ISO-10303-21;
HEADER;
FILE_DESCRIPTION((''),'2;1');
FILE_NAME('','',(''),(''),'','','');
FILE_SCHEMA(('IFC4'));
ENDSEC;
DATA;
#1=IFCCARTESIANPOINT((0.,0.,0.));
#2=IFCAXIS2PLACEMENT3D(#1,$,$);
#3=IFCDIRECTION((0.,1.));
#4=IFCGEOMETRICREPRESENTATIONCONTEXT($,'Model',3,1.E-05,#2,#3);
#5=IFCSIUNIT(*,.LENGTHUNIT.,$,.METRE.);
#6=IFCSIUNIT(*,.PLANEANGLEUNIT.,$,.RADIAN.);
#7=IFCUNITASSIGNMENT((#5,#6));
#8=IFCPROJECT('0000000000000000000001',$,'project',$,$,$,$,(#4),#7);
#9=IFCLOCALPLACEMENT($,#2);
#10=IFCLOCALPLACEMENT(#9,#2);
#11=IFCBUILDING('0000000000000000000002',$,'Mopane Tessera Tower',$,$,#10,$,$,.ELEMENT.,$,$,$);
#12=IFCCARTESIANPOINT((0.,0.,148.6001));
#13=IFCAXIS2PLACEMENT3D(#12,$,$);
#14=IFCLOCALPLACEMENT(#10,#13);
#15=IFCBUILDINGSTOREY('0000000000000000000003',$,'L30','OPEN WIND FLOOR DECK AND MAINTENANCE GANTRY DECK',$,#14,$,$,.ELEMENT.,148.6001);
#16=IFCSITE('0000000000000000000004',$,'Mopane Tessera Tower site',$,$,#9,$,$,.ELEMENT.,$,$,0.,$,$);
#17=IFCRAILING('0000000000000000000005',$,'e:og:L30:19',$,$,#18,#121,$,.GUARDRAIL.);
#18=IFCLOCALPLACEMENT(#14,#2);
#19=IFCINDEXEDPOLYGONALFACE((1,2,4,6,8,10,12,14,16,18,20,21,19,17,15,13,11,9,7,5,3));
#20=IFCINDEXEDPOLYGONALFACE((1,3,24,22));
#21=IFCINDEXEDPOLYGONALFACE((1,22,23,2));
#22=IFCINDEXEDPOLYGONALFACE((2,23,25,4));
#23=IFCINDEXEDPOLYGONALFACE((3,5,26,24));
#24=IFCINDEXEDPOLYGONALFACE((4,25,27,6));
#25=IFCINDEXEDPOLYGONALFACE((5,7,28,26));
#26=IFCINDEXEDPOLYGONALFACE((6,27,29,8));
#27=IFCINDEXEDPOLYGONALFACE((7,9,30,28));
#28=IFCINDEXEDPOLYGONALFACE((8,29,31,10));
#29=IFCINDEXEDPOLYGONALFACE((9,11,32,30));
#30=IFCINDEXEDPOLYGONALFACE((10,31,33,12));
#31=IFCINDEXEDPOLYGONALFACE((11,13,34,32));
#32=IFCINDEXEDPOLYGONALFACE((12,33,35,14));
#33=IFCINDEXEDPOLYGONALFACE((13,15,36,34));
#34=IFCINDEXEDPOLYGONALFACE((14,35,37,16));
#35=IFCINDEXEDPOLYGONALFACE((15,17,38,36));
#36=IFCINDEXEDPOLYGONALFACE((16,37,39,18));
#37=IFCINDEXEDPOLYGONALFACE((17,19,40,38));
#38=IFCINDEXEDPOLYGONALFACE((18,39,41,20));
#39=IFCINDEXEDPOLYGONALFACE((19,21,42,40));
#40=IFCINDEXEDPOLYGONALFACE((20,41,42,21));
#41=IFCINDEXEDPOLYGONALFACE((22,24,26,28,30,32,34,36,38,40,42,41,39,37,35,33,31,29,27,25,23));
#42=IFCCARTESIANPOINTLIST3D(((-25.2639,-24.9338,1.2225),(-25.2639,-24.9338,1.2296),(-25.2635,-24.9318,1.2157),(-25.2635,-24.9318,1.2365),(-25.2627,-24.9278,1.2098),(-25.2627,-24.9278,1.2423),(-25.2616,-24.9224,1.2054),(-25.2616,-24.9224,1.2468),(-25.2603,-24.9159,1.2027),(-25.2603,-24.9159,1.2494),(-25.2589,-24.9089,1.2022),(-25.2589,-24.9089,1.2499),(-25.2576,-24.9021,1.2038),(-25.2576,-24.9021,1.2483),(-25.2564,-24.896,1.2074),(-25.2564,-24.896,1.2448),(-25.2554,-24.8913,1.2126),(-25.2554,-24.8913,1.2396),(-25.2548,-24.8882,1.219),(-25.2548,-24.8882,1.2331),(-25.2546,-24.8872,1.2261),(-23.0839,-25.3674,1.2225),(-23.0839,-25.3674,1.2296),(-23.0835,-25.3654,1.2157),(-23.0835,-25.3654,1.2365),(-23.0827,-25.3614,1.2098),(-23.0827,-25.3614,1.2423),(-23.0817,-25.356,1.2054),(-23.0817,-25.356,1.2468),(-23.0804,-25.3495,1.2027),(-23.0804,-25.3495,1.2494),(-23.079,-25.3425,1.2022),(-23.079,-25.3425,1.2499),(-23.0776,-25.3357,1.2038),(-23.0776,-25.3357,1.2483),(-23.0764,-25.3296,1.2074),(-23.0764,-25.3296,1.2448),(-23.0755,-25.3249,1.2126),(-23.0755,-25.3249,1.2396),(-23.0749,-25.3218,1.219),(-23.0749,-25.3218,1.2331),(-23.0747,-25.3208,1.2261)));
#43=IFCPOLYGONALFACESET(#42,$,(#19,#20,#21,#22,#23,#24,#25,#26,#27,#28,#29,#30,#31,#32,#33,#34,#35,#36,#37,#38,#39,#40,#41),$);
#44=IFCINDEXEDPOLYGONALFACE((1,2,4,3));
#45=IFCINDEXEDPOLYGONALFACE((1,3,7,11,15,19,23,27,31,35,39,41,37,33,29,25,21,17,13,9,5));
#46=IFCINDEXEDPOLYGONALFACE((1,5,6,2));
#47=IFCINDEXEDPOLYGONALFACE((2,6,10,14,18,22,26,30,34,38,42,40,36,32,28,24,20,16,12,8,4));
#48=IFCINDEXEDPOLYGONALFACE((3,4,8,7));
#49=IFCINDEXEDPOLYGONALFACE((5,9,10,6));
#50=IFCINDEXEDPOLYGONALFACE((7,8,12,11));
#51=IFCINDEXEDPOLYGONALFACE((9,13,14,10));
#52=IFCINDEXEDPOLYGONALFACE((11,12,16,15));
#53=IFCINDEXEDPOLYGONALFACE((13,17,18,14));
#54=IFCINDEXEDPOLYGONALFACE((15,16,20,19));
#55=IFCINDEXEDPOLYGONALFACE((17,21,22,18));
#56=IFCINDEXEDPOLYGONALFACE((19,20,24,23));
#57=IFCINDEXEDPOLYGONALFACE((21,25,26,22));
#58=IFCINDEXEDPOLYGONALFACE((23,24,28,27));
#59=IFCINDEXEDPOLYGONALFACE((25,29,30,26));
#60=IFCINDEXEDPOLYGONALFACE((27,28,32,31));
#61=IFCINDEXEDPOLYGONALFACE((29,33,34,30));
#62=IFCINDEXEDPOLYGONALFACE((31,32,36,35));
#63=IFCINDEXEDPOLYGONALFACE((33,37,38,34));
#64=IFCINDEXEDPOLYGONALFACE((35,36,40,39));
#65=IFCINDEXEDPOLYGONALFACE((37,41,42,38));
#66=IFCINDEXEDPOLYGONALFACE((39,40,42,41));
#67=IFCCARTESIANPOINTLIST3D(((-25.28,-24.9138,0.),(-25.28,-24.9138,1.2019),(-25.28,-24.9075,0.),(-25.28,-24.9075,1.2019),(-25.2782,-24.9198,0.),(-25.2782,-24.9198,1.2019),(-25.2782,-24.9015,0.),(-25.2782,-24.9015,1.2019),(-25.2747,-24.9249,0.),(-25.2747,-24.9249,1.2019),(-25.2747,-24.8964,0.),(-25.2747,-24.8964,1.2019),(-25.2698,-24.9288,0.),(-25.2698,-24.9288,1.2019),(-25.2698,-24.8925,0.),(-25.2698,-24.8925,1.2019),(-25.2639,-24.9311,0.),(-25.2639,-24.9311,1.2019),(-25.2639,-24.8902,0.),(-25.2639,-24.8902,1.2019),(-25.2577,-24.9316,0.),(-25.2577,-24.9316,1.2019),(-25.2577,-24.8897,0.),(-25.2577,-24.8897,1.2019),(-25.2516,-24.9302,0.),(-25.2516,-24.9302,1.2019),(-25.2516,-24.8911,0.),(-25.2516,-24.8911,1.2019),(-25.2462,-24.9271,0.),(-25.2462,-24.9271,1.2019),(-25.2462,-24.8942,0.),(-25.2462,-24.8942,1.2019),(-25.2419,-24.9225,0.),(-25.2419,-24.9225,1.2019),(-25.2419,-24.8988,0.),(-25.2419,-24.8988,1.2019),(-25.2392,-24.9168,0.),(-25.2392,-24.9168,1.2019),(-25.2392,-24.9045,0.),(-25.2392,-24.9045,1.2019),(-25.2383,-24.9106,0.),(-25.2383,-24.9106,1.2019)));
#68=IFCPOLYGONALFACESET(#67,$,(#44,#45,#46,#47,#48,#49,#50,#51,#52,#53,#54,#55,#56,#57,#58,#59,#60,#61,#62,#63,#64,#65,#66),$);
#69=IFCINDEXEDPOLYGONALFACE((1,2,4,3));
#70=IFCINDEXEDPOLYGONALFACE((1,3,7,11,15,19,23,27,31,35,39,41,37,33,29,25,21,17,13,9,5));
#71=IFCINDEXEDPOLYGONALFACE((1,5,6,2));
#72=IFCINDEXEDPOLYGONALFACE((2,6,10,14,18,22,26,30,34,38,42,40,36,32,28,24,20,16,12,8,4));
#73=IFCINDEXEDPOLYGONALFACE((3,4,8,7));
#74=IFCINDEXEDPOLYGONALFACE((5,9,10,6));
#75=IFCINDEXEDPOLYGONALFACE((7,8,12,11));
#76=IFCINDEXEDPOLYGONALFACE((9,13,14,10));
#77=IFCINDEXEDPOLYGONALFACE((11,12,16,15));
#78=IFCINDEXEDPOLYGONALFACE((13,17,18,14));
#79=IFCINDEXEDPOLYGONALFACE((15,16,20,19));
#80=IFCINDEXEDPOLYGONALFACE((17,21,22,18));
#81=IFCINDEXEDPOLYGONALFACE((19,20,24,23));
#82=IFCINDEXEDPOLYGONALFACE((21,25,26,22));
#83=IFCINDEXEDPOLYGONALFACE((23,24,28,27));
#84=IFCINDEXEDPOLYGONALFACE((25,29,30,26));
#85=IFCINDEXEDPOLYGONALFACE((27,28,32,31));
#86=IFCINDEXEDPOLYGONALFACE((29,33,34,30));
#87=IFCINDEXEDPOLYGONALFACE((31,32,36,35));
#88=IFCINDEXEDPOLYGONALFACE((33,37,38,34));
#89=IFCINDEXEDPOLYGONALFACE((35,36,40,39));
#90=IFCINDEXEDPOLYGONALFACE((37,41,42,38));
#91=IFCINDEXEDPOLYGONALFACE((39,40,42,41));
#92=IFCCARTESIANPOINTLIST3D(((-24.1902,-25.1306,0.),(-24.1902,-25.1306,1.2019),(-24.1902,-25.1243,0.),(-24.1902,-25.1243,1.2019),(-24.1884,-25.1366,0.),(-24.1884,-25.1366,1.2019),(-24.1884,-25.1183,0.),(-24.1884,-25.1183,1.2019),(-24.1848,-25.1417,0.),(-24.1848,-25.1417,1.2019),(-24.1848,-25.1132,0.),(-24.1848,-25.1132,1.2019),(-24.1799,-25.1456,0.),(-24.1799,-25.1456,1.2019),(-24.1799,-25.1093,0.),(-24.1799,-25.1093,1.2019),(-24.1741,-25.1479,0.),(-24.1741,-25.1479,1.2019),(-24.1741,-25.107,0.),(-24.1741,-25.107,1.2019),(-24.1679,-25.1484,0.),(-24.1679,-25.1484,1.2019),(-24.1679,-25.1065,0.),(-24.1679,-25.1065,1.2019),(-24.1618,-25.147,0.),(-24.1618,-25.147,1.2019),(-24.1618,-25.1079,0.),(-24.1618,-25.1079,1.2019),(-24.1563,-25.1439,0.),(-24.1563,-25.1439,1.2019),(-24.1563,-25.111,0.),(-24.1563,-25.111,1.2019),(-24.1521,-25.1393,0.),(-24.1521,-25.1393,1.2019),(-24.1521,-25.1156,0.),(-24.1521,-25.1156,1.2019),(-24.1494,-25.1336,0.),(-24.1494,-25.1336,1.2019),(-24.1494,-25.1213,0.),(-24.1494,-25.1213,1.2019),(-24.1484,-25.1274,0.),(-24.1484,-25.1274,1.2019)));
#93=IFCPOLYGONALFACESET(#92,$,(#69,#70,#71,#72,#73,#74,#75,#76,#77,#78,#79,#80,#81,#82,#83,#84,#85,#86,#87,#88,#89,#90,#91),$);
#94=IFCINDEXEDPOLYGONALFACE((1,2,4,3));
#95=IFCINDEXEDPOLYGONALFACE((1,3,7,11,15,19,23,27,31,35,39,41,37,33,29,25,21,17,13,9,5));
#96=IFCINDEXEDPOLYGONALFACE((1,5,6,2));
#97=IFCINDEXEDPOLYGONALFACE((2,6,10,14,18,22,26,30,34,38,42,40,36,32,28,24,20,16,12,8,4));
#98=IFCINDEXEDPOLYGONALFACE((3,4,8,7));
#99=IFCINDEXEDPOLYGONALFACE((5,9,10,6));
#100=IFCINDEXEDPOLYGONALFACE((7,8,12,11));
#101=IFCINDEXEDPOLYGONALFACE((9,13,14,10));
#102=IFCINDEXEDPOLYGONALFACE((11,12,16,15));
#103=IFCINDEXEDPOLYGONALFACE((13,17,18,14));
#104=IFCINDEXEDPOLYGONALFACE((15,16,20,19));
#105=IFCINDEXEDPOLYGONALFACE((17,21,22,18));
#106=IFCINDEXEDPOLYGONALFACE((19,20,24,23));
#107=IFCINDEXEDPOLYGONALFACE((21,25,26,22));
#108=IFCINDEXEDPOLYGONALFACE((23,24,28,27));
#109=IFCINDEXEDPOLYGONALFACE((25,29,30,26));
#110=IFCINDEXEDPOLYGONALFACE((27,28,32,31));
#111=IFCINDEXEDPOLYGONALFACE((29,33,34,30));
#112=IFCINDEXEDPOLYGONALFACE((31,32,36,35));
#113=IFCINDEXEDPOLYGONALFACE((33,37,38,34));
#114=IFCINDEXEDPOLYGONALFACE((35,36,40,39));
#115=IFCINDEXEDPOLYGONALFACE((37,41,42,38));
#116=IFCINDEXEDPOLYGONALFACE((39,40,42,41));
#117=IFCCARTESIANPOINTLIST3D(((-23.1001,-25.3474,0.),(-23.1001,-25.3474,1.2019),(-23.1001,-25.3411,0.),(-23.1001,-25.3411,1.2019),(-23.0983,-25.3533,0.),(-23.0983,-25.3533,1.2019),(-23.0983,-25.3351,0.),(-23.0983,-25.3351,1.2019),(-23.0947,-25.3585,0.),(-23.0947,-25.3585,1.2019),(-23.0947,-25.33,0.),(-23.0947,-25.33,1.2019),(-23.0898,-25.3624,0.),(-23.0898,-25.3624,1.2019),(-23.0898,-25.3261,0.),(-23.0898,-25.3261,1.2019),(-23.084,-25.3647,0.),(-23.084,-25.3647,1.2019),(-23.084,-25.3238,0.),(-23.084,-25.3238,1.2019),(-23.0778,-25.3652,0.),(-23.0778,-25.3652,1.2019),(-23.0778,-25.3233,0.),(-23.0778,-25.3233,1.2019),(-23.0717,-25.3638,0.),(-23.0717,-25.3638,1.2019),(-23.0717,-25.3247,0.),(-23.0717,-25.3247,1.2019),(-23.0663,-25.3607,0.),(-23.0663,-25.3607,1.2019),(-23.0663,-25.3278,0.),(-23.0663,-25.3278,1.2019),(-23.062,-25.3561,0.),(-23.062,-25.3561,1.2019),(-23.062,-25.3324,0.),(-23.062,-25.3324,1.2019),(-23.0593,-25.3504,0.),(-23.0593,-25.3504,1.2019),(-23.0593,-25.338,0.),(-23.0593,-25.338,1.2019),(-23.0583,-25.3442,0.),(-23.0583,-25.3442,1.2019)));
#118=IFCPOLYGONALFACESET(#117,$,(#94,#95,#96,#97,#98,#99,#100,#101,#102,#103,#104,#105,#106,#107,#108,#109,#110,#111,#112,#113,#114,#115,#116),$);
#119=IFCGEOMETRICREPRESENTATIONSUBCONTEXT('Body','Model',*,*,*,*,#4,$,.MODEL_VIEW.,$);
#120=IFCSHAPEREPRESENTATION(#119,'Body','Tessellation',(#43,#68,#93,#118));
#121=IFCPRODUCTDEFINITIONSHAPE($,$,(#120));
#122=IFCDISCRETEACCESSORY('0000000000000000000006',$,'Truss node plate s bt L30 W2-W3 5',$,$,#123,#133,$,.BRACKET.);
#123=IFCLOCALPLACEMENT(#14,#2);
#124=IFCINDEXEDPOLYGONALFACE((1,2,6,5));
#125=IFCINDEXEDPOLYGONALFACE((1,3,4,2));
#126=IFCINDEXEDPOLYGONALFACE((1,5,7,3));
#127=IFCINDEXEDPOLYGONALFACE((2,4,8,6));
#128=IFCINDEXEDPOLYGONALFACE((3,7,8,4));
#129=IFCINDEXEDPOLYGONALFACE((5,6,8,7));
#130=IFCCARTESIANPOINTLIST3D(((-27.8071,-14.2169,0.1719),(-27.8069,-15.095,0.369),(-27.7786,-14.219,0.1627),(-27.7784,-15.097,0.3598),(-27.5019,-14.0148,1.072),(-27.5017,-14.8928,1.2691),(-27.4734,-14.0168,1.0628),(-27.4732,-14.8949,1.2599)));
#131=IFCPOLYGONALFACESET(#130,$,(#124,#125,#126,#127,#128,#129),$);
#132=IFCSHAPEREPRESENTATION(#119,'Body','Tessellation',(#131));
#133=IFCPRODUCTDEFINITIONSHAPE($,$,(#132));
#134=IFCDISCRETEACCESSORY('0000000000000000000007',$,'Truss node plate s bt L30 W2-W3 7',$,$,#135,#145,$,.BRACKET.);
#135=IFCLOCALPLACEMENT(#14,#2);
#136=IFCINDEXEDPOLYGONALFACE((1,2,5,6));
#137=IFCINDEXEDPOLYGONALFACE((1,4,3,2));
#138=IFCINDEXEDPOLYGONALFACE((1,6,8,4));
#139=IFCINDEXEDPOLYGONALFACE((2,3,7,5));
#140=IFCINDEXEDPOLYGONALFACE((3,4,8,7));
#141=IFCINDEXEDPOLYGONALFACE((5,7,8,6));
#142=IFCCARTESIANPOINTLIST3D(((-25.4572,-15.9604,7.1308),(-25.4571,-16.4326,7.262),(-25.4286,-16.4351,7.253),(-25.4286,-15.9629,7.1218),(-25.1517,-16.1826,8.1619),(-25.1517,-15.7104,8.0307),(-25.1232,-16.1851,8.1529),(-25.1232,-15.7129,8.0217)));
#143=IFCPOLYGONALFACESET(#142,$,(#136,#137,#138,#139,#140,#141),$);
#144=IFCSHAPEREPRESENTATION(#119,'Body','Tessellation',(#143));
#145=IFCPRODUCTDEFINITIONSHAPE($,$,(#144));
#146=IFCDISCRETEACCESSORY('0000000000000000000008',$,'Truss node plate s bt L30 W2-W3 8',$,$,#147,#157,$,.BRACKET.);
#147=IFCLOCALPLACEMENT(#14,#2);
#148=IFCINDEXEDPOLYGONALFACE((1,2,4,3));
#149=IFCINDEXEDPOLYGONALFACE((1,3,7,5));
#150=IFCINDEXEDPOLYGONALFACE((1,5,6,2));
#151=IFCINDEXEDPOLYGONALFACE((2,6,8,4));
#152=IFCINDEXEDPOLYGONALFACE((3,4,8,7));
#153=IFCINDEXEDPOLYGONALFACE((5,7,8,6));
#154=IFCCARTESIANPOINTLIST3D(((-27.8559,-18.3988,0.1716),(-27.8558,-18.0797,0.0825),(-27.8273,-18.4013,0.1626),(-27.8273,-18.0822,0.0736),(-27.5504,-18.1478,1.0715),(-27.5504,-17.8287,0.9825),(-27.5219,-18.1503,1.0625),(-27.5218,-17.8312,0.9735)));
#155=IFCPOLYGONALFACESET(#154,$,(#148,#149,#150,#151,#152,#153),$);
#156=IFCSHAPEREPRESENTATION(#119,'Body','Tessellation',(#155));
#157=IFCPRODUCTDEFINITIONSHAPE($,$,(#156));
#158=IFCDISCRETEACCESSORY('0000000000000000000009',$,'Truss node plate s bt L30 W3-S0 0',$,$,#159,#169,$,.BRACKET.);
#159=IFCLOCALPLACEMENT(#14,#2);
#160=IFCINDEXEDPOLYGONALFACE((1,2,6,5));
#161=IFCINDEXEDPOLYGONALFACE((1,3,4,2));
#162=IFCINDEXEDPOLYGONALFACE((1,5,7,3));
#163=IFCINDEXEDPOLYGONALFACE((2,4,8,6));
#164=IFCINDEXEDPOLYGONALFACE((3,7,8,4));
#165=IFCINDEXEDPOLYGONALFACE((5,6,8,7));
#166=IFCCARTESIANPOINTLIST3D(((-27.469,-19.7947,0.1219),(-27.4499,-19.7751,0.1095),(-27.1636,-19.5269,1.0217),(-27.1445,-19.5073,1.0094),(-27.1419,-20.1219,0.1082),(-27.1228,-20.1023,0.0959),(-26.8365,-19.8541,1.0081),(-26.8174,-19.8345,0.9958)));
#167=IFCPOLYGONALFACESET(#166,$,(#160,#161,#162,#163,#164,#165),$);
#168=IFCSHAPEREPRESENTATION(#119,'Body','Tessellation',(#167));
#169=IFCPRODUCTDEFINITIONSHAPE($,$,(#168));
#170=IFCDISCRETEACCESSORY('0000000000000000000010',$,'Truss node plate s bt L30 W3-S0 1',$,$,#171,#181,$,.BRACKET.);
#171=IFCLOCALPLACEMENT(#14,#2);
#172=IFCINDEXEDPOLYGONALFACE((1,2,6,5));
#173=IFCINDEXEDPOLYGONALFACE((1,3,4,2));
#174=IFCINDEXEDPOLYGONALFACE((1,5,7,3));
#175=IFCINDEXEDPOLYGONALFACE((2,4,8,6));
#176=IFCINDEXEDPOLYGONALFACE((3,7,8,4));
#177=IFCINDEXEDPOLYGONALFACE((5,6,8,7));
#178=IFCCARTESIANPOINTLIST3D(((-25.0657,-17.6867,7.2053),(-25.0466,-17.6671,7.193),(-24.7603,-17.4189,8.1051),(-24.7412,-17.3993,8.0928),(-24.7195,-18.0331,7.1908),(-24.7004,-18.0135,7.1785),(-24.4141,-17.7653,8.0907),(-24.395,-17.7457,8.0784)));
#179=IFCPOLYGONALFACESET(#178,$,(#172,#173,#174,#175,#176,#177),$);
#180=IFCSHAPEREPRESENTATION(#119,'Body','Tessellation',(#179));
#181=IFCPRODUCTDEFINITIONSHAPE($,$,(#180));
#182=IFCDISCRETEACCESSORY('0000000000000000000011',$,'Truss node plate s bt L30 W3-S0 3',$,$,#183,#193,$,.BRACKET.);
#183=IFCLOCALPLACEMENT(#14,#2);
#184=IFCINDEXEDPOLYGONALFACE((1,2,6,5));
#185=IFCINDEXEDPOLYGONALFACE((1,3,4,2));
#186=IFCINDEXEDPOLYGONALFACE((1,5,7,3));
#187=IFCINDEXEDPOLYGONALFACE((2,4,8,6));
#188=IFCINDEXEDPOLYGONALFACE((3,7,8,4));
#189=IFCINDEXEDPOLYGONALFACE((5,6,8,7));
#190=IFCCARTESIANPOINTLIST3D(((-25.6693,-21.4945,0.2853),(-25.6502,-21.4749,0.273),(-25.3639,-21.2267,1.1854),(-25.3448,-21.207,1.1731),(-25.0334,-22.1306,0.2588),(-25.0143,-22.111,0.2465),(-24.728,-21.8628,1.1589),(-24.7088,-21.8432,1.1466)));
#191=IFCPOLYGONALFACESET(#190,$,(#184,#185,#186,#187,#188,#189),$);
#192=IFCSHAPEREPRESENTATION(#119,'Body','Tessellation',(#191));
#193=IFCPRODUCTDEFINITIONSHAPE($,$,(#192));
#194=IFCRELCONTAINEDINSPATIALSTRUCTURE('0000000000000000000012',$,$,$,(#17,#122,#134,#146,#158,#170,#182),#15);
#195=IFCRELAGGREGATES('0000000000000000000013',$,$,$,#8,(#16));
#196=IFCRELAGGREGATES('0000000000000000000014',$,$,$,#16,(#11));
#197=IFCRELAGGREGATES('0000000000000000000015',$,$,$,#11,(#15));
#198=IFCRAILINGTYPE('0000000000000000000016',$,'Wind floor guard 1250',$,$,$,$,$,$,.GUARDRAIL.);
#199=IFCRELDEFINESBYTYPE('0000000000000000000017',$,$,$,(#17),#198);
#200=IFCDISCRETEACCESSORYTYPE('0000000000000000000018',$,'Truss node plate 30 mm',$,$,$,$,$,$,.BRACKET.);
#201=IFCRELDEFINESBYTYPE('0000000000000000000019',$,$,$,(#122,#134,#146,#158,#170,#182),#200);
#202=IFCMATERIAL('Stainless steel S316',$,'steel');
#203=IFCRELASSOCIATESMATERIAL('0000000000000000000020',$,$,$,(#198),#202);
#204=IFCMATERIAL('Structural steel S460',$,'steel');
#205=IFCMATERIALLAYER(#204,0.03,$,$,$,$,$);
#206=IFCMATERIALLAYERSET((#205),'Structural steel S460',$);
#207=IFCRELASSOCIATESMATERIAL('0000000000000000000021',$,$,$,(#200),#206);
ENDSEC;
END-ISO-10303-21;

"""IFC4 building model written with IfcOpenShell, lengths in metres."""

from ifc_helpers import new_model, si_unit, direction, frame, origin, origin_2d, place, context, subcontext, project, spatial, rectangle, circle, extrude, material, layer, layer_set, type_object, element, save


model = new_model("IFC4")

# Units and contexts
model_context = context("Model", 3, precision=1e-05, world=origin(), true_north=direction((0.0, 1.0)))
body_context = subcontext(model_context, "Body", "Model", "MODEL_VIEW")
ifc_project = project(units=[si_unit("LENGTHUNIT", "METRE"), si_unit("PLANEANGLEUNIT", "RADIAN")], contexts=[model_context])

# Site, building, storey
site_placement = place(None, origin())
site = spatial("IfcSite", under=ifc_project, at=site_placement, Name="Mopane Tessera Tower site", CompositionType="ELEMENT", RefElevation=0.0)
building_placement = place(site_placement, origin())
building = spatial("IfcBuilding", under=site, at=building_placement, Name="Mopane Tessera Tower", CompositionType="ELEMENT")
storey_placement = place(building_placement, frame((0.0, 0.0, 148.6001)))
storey = spatial("IfcBuildingStorey", under=building, at=storey_placement, Name="L30", Description="OPEN WIND FLOOR DECK AND MAINTENANCE GANTRY DECK", CompositionType="ELEMENT", Elevation=148.6001)

# Railing
ifc_material_1 = material(Name="Stainless steel S316", Category="steel")
railing_type = type_object("IfcRailingType", Name="Wind floor guard 1250", PredefinedType="GUARDRAIL", material=ifc_material_1)
railing_1_placement = place(storey_placement, frame((-25.2593, -24.9106, 0.0)))
element("IfcRailing", 1, at=railing_1_placement, inside=storey, type_object=railing_type, Name="e:og:L30:19", PredefinedType="GUARDRAIL", context=body_context, shape_type="SweptSolid", body=[
    extrude(circle(Radius=0.0239, at=origin_2d()), frame((0.0, 0.0, 1.2261), z_axis=(0.980787, -0.195081, 0.0), x_axis=(0.195081, 0.980787, 0.0)), (0.0, 0.0, 1.0), 2.2227),
    extrude(circle(Radius=0.021, at=origin_2d()), origin(), (0.0, 0.0, 1.0), 1.2019),
    extrude(circle(Radius=0.021, at=origin_2d()), frame((1.0898, -0.2168, 0.0)), (0.0, 0.0, 1.0), 1.2019),
    extrude(circle(Radius=0.021, at=origin_2d()), frame((2.1799, -0.4336, 0.0)), (0.0, 0.0, 1.0), 1.2019),
])

# Discrete accessories
ifc_material_2 = material(Name="Structural steel S460", Category="steel")
ifc_layer_1 = layer(ifc_material_2, 0.03)
ifc_layer_set_1 = layer_set([ifc_layer_1], Name="Structural steel S460")
discrete_accessory_type = type_object("IfcDiscreteAccessoryType", Name="Truss node plate 30 mm", PredefinedType="BRACKET", material=ifc_layer_set_1)
discrete_accessory_1_placement = place(storey_placement, frame((-27.7927, -14.657, 0.2659), z_axis=(0.314054, 0.208029, 0.926334), x_axis=(0.949405, -0.068564, -0.306478)))
element("IfcDiscreteAccessory", 2, at=discrete_accessory_1_placement, inside=storey, type_object=discrete_accessory_type, Name="Truss node plate s bt L30 W2-W3 5", PredefinedType="BRACKET", context=body_context, shape_type="SweptSolid", body=[
    extrude(rectangle(XDim=0.03, YDim=0.8999, at=origin_2d()), origin(), (0.0, 0.0, 1.0), 0.9717),
])
discrete_accessory_2_placement = place(storey_placement, frame((-25.4429, -16.1978, 7.1919), z_axis=(0.310812, 0.254413, 0.915789), x_axis=(0.950471, -0.083117, -0.299492)))
element("IfcDiscreteAccessory", 3, at=discrete_accessory_2_placement, inside=storey, type_object=discrete_accessory_type, Name="Truss node plate s bt L30 W2-W3 7", PredefinedType="BRACKET", context=body_context, shape_type="SweptSolid", body=[
    extrude(rectangle(XDim=0.03, YDim=0.49, at=origin_2d()), origin(), (0.0, 0.0, 1.0), 0.9827),
])
discrete_accessory_3_placement = place(storey_placement, frame((-27.8416, -18.2405, 0.1226), z_axis=(0.310733, 0.255343, 0.915557), x_axis=(0.950497, -0.083642, -0.299264)))
element("IfcDiscreteAccessory", 4, at=discrete_accessory_3_placement, inside=storey, type_object=discrete_accessory_type, Name="Truss node plate s bt L30 W2-W3 8", PredefinedType="BRACKET", context=body_context, shape_type="SweptSolid", body=[
    extrude(rectangle(XDim=0.03, YDim=0.3313, at=origin_2d()), origin(), (0.0, 0.0, 1.0), 0.9829),
])
discrete_accessory_4_placement = place(storey_placement, frame((-27.2959, -19.9485, 0.1089), z_axis=(0.309337, 0.271257, 0.911444), x_axis=(0.636314, 0.653225, -0.410368)))
element("IfcDiscreteAccessory", 5, at=discrete_accessory_4_placement, inside=storey, type_object=discrete_accessory_type, Name="Truss node plate s bt L30 W3-S0 0", PredefinedType="BRACKET", context=body_context, shape_type="SweptSolid", body=[
    extrude(rectangle(XDim=0.03, YDim=0.4629, at=origin_2d()), origin(), (0.0, 0.0, 1.0), 0.9873),
])
discrete_accessory_5_placement = place(storey_placement, frame((-24.8831, -17.8501, 7.1919), z_axis=(0.309337, 0.271257, 0.911444), x_axis=(0.636314, 0.653225, -0.410368)))
element("IfcDiscreteAccessory", 6, at=discrete_accessory_5_placement, inside=storey, type_object=discrete_accessory_type, Name="Truss node plate s bt L30 W3-S0 1", PredefinedType="BRACKET", context=body_context, shape_type="SweptSolid", body=[
    extrude(rectangle(XDim=0.03, YDim=0.49, at=origin_2d()), origin(), (0.0, 0.0, 1.0), 0.9873),
])
discrete_accessory_6_placement = place(storey_placement, frame((-25.3418, -21.8027, 0.2659), z_axis=(0.309267, 0.271196, 0.911486), x_axis=(0.636345, 0.653252, -0.410276)))
element("IfcDiscreteAccessory", 7, at=discrete_accessory_6_placement, inside=storey, type_object=discrete_accessory_type, Name="Truss node plate s bt L30 W3-S0 3", PredefinedType="BRACKET", context=body_context, shape_type="SweptSolid", body=[
    extrude(rectangle(XDim=0.03, YDim=0.8999, at=origin_2d()), origin(), (0.0, 0.0, 1.0), 0.9875),
])

save(model, "model.ifc")
